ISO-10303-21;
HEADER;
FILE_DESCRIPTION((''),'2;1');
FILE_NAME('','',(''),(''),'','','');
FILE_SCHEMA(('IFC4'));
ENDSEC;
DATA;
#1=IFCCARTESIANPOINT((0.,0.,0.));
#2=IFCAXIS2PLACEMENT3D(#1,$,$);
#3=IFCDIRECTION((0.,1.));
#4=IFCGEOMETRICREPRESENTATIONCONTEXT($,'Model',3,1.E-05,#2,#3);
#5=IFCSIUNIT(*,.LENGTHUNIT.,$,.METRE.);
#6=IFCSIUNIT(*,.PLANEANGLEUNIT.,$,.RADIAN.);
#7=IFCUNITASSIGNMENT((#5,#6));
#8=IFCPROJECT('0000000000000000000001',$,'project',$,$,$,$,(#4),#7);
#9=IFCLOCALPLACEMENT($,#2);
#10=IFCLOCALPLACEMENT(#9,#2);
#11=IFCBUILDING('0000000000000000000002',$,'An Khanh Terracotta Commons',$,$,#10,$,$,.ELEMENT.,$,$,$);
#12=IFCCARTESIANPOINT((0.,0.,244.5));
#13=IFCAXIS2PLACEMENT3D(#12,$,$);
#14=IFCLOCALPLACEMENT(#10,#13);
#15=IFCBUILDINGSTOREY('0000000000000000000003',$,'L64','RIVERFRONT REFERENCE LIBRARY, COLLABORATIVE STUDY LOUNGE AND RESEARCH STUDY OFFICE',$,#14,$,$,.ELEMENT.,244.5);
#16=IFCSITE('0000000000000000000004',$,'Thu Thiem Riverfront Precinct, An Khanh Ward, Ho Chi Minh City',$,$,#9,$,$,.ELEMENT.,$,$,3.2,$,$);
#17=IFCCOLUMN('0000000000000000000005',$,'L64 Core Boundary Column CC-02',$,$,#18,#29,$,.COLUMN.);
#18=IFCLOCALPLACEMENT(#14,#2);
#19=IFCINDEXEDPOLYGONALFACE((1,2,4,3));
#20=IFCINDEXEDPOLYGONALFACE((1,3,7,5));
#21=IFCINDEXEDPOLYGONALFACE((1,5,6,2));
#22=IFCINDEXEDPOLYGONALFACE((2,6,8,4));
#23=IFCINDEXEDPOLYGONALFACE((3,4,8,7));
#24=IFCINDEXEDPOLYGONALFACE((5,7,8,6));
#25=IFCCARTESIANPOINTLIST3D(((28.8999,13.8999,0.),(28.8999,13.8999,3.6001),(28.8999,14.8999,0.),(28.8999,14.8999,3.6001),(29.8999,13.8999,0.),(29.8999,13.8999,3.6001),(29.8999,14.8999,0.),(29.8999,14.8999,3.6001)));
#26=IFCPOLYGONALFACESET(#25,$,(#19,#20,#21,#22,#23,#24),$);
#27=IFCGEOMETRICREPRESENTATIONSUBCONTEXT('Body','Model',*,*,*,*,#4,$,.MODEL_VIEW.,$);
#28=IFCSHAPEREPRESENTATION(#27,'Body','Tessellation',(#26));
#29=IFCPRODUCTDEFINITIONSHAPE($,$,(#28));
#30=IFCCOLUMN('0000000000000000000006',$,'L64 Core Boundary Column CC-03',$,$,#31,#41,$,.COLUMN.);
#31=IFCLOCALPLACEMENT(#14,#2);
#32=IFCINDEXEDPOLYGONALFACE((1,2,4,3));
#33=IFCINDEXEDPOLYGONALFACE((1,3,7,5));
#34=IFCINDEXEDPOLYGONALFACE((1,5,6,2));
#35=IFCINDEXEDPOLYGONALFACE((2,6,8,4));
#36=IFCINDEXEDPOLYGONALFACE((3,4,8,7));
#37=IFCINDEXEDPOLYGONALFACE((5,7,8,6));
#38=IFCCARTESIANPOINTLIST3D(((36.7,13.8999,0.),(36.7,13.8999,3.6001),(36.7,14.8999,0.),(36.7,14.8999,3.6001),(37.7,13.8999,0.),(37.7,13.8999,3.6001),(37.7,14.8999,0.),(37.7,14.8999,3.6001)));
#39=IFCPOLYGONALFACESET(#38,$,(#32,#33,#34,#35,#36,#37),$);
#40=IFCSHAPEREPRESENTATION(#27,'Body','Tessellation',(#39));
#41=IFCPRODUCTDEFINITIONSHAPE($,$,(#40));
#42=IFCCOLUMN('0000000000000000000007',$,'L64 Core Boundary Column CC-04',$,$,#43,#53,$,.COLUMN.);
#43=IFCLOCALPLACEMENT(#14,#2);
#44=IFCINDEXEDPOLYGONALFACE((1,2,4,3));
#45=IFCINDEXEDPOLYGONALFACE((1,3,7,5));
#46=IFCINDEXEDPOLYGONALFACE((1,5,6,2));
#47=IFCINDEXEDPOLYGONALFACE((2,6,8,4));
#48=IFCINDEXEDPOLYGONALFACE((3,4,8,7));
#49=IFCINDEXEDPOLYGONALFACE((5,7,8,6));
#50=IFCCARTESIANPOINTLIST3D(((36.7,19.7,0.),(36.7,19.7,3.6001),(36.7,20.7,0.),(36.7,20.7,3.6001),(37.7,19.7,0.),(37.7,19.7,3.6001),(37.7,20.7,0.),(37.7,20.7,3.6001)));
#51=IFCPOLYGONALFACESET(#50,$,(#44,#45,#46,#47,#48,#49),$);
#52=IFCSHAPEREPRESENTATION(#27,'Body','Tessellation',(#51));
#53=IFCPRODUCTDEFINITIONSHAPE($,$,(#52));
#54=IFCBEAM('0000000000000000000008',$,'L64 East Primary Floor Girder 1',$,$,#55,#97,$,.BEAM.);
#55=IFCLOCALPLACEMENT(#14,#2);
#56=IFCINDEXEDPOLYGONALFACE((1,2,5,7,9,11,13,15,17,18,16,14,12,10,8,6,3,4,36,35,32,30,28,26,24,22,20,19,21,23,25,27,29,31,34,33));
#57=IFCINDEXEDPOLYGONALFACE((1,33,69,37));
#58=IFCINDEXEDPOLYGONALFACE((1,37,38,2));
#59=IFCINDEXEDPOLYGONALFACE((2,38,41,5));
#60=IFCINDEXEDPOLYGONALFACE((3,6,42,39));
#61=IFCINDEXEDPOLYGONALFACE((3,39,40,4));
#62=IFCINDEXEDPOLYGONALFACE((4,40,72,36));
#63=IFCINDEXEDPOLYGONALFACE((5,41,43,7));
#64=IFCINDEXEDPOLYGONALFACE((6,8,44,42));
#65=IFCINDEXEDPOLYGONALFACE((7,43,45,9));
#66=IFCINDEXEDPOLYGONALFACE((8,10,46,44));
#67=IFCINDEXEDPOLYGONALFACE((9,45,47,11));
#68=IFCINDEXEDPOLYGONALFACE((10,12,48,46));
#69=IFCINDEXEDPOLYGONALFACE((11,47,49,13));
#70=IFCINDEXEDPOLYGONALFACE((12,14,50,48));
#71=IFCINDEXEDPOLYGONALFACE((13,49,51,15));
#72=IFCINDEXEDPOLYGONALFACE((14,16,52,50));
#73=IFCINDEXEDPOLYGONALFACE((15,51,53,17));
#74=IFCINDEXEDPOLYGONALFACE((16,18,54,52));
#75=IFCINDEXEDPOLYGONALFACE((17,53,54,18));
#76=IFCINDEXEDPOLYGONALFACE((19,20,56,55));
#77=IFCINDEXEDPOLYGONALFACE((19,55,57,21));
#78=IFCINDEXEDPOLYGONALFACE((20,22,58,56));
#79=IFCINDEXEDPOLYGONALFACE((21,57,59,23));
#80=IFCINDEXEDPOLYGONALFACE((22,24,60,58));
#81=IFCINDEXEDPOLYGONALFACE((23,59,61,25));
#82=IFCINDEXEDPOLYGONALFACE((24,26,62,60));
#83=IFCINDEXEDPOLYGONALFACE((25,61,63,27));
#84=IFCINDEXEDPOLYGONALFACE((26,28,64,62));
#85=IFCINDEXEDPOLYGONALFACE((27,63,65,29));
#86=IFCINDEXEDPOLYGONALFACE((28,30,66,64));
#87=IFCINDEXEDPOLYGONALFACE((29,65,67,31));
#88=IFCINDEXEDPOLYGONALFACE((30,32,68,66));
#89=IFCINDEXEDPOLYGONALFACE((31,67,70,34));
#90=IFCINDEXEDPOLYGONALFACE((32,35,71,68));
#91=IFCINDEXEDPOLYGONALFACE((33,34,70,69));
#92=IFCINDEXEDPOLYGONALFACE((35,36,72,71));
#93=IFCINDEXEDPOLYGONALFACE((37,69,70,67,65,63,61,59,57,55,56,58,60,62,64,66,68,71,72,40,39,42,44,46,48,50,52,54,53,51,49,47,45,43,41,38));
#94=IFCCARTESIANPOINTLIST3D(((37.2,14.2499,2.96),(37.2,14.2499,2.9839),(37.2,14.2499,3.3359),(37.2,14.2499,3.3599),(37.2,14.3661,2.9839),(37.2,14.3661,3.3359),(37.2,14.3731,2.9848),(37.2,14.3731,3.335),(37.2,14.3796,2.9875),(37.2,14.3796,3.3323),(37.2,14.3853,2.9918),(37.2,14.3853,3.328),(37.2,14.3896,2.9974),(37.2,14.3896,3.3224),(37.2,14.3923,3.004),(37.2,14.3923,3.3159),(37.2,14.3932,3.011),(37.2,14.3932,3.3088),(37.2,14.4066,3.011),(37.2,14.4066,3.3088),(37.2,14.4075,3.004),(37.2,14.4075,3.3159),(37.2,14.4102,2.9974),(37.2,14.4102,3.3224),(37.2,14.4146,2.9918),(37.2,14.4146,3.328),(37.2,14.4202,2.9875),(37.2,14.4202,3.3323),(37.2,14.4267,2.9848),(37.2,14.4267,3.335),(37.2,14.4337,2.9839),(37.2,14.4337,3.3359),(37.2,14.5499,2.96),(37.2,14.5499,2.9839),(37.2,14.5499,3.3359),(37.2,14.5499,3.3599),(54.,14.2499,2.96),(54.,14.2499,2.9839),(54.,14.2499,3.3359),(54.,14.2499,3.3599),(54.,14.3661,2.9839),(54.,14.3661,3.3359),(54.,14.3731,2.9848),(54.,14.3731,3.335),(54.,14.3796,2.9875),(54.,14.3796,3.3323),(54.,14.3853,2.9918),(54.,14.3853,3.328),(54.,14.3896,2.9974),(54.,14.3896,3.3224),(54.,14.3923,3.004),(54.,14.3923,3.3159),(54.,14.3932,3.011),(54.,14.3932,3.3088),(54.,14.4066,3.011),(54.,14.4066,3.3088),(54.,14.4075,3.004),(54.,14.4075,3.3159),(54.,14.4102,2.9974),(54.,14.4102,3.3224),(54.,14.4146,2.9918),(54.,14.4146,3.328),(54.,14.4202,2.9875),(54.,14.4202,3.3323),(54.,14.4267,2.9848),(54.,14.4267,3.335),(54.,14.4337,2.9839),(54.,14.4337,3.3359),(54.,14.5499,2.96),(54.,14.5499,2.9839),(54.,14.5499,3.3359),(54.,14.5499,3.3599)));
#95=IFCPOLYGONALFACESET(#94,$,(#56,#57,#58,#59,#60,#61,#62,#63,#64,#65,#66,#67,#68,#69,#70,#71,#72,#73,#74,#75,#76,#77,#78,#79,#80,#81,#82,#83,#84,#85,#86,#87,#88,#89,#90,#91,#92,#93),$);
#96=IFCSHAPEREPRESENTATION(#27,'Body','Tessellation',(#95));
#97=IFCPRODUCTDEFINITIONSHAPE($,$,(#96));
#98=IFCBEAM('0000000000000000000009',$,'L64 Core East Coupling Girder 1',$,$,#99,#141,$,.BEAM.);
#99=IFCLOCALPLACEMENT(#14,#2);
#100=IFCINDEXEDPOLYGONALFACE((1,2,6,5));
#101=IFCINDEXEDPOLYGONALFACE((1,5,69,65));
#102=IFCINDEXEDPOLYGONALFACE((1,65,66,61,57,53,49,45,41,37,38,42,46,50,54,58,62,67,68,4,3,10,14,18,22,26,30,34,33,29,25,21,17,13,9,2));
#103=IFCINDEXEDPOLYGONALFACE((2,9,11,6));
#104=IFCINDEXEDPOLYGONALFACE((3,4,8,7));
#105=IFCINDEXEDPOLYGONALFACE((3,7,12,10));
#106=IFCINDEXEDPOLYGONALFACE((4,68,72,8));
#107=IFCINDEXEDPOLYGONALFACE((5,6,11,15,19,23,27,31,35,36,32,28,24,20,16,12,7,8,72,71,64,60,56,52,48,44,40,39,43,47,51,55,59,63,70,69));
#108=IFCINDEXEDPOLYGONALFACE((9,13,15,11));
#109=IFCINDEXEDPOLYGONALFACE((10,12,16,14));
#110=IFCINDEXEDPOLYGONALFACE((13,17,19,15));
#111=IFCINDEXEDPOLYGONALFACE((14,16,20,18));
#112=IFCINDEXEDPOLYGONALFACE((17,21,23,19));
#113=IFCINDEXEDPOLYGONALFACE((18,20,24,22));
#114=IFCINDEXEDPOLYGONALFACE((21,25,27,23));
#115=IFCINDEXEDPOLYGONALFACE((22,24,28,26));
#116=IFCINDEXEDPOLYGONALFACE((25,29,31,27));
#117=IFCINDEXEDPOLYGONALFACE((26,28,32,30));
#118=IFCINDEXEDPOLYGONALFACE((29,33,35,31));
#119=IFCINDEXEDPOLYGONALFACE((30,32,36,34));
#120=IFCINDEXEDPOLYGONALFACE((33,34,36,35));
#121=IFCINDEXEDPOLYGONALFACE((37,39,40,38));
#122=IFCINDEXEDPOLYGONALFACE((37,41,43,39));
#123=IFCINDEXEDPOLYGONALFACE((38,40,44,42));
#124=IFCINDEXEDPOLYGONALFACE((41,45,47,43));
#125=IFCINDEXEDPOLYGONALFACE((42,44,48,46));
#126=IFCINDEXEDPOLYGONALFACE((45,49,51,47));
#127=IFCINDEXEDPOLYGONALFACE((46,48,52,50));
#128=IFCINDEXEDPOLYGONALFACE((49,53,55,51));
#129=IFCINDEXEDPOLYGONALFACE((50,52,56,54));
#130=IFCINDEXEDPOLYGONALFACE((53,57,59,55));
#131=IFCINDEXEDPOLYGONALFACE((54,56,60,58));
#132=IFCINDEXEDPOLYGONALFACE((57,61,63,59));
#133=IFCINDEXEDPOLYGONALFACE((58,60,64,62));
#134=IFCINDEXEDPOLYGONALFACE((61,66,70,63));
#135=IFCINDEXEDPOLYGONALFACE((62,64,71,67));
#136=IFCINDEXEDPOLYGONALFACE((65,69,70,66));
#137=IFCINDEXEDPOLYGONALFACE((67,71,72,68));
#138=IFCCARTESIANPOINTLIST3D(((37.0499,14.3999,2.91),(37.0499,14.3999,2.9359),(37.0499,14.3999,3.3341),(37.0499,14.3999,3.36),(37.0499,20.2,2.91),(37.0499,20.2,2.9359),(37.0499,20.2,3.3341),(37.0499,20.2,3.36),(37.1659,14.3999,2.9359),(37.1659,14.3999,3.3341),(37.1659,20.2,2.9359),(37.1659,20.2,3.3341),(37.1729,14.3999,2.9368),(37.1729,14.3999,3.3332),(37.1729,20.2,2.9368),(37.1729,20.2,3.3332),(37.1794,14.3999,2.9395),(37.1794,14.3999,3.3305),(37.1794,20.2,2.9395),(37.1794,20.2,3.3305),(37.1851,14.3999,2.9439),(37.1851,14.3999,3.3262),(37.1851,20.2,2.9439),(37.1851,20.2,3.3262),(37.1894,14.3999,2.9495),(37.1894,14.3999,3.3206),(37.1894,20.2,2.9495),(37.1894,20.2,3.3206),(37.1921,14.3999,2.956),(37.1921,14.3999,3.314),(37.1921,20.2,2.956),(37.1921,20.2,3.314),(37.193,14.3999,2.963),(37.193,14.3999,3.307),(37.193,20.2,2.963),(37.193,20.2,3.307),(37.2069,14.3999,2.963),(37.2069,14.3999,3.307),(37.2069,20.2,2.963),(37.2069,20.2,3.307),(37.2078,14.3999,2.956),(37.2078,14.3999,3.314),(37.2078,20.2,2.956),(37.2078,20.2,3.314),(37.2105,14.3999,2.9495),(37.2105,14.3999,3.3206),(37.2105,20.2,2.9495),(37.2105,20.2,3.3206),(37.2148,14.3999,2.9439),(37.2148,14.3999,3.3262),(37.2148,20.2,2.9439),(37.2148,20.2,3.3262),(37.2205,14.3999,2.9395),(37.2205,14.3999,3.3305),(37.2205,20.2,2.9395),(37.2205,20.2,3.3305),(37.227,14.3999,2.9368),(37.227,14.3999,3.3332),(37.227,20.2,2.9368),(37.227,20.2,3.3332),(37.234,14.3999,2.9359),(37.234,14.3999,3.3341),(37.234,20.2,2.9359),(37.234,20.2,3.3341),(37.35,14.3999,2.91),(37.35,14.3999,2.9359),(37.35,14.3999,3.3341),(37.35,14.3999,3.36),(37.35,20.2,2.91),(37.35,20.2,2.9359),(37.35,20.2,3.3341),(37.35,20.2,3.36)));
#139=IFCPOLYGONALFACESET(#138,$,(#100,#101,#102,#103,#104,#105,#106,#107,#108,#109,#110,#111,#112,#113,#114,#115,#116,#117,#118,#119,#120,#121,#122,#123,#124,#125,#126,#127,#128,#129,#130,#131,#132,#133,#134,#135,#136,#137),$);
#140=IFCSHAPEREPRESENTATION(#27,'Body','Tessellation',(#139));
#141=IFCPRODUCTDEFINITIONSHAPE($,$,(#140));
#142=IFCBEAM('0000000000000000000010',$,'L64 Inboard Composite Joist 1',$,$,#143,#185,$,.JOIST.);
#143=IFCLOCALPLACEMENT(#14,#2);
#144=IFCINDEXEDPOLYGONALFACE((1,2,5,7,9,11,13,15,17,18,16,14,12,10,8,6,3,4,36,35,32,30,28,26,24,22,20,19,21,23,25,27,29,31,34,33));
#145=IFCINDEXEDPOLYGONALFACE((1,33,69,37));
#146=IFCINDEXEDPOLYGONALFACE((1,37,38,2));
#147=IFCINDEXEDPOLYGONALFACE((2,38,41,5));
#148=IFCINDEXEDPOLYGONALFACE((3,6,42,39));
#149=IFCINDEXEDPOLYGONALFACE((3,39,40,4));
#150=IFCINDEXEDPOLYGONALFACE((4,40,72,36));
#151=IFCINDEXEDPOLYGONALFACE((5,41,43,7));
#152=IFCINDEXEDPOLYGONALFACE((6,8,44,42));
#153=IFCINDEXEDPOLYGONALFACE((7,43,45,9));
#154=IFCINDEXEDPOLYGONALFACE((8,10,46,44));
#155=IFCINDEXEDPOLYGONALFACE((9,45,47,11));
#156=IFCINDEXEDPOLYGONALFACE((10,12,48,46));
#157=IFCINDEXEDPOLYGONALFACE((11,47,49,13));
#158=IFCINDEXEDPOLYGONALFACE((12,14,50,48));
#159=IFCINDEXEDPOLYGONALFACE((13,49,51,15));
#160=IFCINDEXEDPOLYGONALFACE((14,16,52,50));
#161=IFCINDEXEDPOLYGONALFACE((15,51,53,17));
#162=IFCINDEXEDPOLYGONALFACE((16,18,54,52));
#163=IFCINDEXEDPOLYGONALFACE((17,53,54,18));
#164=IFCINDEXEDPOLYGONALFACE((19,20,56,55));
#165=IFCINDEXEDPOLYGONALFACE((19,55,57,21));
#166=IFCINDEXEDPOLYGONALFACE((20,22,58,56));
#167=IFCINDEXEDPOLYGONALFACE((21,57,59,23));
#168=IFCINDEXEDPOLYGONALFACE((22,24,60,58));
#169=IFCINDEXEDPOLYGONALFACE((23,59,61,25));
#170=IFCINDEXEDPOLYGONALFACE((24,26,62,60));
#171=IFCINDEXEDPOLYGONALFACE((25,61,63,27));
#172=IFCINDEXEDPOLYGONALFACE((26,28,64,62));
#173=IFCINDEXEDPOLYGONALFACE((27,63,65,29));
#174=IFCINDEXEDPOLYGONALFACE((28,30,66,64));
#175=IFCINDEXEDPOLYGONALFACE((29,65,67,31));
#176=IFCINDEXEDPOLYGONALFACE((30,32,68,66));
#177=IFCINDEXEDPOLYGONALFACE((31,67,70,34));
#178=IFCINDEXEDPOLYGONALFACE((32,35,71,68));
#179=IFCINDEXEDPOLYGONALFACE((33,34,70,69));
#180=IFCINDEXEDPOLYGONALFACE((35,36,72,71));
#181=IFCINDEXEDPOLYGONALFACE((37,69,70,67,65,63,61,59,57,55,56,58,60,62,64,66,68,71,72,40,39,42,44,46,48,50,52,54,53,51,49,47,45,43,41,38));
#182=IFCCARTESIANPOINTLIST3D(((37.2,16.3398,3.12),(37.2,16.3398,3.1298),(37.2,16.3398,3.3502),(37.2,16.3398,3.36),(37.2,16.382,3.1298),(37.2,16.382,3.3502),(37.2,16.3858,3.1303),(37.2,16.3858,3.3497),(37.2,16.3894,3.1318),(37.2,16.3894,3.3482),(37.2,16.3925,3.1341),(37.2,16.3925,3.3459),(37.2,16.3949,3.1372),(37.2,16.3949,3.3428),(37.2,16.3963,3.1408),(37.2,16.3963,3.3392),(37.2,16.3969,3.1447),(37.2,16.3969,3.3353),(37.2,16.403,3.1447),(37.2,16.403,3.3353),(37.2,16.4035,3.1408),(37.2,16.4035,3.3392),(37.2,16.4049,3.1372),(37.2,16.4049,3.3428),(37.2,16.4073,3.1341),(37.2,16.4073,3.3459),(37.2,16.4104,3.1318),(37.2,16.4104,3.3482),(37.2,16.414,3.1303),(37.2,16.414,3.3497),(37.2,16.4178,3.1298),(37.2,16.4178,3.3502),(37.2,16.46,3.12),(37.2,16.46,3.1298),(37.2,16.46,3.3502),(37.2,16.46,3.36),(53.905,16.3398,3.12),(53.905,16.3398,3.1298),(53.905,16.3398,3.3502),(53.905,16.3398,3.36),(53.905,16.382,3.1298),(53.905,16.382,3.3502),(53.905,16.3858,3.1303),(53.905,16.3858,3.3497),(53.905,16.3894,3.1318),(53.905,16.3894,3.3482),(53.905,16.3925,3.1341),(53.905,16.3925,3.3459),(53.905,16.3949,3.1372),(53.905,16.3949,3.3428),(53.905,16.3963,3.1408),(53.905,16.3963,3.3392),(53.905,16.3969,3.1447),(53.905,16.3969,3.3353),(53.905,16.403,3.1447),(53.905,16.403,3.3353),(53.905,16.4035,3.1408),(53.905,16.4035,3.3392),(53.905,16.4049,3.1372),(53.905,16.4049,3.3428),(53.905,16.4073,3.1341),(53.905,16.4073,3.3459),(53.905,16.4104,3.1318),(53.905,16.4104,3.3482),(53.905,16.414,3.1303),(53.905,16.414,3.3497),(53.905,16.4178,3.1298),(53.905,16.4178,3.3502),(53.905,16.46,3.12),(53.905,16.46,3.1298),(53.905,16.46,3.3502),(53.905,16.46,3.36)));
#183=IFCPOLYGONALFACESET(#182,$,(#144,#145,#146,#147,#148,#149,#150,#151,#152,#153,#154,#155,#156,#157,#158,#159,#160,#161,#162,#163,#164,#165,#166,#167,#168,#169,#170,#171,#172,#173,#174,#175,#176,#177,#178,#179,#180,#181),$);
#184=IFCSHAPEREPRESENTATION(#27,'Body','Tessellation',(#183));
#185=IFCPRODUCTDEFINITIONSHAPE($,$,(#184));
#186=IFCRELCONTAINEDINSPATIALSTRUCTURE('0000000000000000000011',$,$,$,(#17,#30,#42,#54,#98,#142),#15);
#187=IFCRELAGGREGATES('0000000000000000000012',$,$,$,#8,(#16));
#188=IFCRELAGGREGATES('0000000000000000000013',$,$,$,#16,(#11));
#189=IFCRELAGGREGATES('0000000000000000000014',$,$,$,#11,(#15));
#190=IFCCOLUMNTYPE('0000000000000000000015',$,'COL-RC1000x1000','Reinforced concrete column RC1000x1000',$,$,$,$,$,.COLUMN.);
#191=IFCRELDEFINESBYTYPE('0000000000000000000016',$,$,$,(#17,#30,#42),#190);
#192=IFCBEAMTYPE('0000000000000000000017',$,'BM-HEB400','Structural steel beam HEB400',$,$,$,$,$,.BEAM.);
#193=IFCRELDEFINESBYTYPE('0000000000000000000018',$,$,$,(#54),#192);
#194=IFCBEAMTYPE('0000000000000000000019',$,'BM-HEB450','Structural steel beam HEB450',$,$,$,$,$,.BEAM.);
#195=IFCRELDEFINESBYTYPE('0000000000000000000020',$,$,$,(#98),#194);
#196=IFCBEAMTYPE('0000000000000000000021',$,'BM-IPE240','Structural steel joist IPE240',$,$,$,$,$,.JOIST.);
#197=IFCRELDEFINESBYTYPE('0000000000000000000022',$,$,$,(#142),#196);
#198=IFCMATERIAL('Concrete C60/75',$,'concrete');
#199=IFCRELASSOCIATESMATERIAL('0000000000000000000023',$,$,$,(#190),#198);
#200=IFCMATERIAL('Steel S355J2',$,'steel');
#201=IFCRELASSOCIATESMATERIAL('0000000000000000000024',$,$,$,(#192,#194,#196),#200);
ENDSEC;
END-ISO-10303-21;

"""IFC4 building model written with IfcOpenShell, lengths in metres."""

from ifc_helpers import new_model, si_unit, direction, frame, origin, origin_2d, place, context, subcontext, project, spatial, rectangle, i_section, extrude, material, material_profile, profile_set, type_object, element, save


model = new_model("IFC4")

# Units and contexts
model_context = context("Model", 3, precision=1e-05, world=origin(), true_north=direction((0.0, 1.0)))
body_context = subcontext(model_context, "Body", "Model", "MODEL_VIEW")
ifc_project = project(units=[si_unit("LENGTHUNIT", "METRE"), si_unit("PLANEANGLEUNIT", "RADIAN")], contexts=[model_context])

# Site, building, storey
site_placement = place(None, origin())
site = spatial("IfcSite", under=ifc_project, at=site_placement, Name="Thu Thiem Riverfront Precinct, An Khanh Ward, Ho Chi Minh City", CompositionType="ELEMENT", RefElevation=3.2)
building_placement = place(site_placement, origin())
building = spatial("IfcBuilding", under=site, at=building_placement, Name="An Khanh Terracotta Commons", CompositionType="ELEMENT")
storey_placement = place(building_placement, frame((0.0, 0.0, 244.5)))
storey = spatial("IfcBuildingStorey", under=building, at=storey_placement, Name="L64", Description="RIVERFRONT REFERENCE LIBRARY, COLLABORATIVE STUDY LOUNGE AND RESEARCH STUDY OFFICE", CompositionType="ELEMENT", Elevation=244.5)

# Columns
ifc_material_1 = material(Name="Concrete C60/75", Category="concrete")
ifc_material_profile_1 = material_profile(ifc_material_1, rectangle(XDim=1.0, YDim=1.0, at=origin_2d()), Name="RC1000x1000")
ifc_profile_set_1 = profile_set([ifc_material_profile_1], Name="Concrete C60/75")
column_type = type_object("IfcColumnType", Name="COL-RC1000x1000", Description="Reinforced concrete column RC1000x1000", PredefinedType="COLUMN", material=ifc_profile_set_1)
for number, where, z_axis, x_axis, name in (
    (1, (29.3999, 14.3999, 0.0), (0.0, 0.0, 1.0), (1.0, 0.0, 0.0), "L64 Core Boundary Column CC-02"),
    (2, (37.2, 14.3999, 0.0), (0.0, 0.0, 1.0), (1.0, 0.0, 0.0), "L64 Core Boundary Column CC-03"),
    (3, (37.2, 20.2, 0.0), (0.0, 0.0, 1.0), (1.0, 0.0, 0.0), "L64 Core Boundary Column CC-04"),
):
    element("IfcColumn", number, at=place(storey_placement, frame(where, z_axis=z_axis, x_axis=x_axis)), inside=storey, type_object=column_type, Name=name, PredefinedType="COLUMN", context=body_context, shape_type="SweptSolid", body=[
        extrude(rectangle(XDim=1.0, YDim=1.0, at=origin_2d()), origin(), (0.0, 0.0, 1.0), 3.6001),
    ])

# Beams
ifc_material_2 = material(Name="Steel S355J2", Category="steel")
ifc_material_profile_2 = material_profile(ifc_material_2, i_section(OverallWidth=0.3, OverallDepth=0.3999, WebThickness=0.0134, FlangeThickness=0.0239, FilletRadius=0.0271, at=origin_2d()), Name="HEB400")
ifc_profile_set_2 = profile_set([ifc_material_profile_2], Name="Steel S355J2")
beam_type_1 = type_object("IfcBeamType", Name="BM-HEB400", Description="Structural steel beam HEB400", PredefinedType="BEAM", material=ifc_profile_set_2)
beam_1_placement = place(storey_placement, frame((37.2, 14.3999, 3.1599), z_axis=(1.0, 0.0, 0.0), x_axis=(0.0, 1.0, 0.0)))
element("IfcBeam", 4, at=beam_1_placement, inside=storey, type_object=beam_type_1, Name="L64 East Primary Floor Girder 1", PredefinedType="BEAM", context=body_context, shape_type="SweptSolid", body=[
    extrude(i_section(OverallWidth=0.3, OverallDepth=0.3999, WebThickness=0.0134, FlangeThickness=0.0239, FilletRadius=0.0271, at=origin_2d()), origin(), (0.0, 0.0, 1.0), 16.8),
])
ifc_material_profile_3 = material_profile(ifc_material_2, i_section(OverallWidth=0.3, OverallDepth=0.45, WebThickness=0.0139, FlangeThickness=0.0259, FilletRadius=0.0271, at=origin_2d()), Name="HEB450")
ifc_profile_set_3 = profile_set([ifc_material_profile_3], Name="Steel S355J2")
beam_type_2 = type_object("IfcBeamType", Name="BM-HEB450", Description="Structural steel beam HEB450", PredefinedType="BEAM", material=ifc_profile_set_3)
beam_2_placement = place(storey_placement, frame((37.2, 14.3999, 3.135), z_axis=(0.0, 1.0, 0.0), x_axis=(-1.0, 0.0, 0.0)))
element("IfcBeam", 5, at=beam_2_placement, inside=storey, type_object=beam_type_2, Name="L64 Core East Coupling Girder 1", PredefinedType="BEAM", context=body_context, shape_type="SweptSolid", body=[
    extrude(i_section(OverallWidth=0.3, OverallDepth=0.45, WebThickness=0.0139, FlangeThickness=0.0259, FilletRadius=0.0271, at=origin_2d()), origin(), (0.0, 0.0, 1.0), 5.8),
])
ifc_material_profile_4 = material_profile(ifc_material_2, i_section(OverallWidth=0.1201, OverallDepth=0.24, WebThickness=0.0061, FlangeThickness=0.0098, FilletRadius=0.0149, at=origin_2d()), Name="IPE240")
ifc_profile_set_4 = profile_set([ifc_material_profile_4], Name="Steel S355J2")
beam_type_3 = type_object("IfcBeamType", Name="BM-IPE240", Description="Structural steel joist IPE240", PredefinedType="JOIST", material=ifc_profile_set_4)
for number, where, z_axis, x_axis, name in (
    (6, (37.2, 16.3999, 3.24), (1.0, 0.0, 0.0), (0.0, 1.0, 0.0), "L64 Inboard Composite Joist 1"),
):
    element("IfcBeam", number, at=place(storey_placement, frame(where, z_axis=z_axis, x_axis=x_axis)), inside=storey, type_object=beam_type_3, Name=name, PredefinedType="JOIST", context=body_context, shape_type="SweptSolid", body=[
        extrude(i_section(OverallWidth=0.1201, OverallDepth=0.24, WebThickness=0.0061, FlangeThickness=0.0098, FilletRadius=0.0149, at=origin_2d()), origin(), (0.0, 0.0, 1.0), 16.7051),
    ])

save(model, "model.ifc")
